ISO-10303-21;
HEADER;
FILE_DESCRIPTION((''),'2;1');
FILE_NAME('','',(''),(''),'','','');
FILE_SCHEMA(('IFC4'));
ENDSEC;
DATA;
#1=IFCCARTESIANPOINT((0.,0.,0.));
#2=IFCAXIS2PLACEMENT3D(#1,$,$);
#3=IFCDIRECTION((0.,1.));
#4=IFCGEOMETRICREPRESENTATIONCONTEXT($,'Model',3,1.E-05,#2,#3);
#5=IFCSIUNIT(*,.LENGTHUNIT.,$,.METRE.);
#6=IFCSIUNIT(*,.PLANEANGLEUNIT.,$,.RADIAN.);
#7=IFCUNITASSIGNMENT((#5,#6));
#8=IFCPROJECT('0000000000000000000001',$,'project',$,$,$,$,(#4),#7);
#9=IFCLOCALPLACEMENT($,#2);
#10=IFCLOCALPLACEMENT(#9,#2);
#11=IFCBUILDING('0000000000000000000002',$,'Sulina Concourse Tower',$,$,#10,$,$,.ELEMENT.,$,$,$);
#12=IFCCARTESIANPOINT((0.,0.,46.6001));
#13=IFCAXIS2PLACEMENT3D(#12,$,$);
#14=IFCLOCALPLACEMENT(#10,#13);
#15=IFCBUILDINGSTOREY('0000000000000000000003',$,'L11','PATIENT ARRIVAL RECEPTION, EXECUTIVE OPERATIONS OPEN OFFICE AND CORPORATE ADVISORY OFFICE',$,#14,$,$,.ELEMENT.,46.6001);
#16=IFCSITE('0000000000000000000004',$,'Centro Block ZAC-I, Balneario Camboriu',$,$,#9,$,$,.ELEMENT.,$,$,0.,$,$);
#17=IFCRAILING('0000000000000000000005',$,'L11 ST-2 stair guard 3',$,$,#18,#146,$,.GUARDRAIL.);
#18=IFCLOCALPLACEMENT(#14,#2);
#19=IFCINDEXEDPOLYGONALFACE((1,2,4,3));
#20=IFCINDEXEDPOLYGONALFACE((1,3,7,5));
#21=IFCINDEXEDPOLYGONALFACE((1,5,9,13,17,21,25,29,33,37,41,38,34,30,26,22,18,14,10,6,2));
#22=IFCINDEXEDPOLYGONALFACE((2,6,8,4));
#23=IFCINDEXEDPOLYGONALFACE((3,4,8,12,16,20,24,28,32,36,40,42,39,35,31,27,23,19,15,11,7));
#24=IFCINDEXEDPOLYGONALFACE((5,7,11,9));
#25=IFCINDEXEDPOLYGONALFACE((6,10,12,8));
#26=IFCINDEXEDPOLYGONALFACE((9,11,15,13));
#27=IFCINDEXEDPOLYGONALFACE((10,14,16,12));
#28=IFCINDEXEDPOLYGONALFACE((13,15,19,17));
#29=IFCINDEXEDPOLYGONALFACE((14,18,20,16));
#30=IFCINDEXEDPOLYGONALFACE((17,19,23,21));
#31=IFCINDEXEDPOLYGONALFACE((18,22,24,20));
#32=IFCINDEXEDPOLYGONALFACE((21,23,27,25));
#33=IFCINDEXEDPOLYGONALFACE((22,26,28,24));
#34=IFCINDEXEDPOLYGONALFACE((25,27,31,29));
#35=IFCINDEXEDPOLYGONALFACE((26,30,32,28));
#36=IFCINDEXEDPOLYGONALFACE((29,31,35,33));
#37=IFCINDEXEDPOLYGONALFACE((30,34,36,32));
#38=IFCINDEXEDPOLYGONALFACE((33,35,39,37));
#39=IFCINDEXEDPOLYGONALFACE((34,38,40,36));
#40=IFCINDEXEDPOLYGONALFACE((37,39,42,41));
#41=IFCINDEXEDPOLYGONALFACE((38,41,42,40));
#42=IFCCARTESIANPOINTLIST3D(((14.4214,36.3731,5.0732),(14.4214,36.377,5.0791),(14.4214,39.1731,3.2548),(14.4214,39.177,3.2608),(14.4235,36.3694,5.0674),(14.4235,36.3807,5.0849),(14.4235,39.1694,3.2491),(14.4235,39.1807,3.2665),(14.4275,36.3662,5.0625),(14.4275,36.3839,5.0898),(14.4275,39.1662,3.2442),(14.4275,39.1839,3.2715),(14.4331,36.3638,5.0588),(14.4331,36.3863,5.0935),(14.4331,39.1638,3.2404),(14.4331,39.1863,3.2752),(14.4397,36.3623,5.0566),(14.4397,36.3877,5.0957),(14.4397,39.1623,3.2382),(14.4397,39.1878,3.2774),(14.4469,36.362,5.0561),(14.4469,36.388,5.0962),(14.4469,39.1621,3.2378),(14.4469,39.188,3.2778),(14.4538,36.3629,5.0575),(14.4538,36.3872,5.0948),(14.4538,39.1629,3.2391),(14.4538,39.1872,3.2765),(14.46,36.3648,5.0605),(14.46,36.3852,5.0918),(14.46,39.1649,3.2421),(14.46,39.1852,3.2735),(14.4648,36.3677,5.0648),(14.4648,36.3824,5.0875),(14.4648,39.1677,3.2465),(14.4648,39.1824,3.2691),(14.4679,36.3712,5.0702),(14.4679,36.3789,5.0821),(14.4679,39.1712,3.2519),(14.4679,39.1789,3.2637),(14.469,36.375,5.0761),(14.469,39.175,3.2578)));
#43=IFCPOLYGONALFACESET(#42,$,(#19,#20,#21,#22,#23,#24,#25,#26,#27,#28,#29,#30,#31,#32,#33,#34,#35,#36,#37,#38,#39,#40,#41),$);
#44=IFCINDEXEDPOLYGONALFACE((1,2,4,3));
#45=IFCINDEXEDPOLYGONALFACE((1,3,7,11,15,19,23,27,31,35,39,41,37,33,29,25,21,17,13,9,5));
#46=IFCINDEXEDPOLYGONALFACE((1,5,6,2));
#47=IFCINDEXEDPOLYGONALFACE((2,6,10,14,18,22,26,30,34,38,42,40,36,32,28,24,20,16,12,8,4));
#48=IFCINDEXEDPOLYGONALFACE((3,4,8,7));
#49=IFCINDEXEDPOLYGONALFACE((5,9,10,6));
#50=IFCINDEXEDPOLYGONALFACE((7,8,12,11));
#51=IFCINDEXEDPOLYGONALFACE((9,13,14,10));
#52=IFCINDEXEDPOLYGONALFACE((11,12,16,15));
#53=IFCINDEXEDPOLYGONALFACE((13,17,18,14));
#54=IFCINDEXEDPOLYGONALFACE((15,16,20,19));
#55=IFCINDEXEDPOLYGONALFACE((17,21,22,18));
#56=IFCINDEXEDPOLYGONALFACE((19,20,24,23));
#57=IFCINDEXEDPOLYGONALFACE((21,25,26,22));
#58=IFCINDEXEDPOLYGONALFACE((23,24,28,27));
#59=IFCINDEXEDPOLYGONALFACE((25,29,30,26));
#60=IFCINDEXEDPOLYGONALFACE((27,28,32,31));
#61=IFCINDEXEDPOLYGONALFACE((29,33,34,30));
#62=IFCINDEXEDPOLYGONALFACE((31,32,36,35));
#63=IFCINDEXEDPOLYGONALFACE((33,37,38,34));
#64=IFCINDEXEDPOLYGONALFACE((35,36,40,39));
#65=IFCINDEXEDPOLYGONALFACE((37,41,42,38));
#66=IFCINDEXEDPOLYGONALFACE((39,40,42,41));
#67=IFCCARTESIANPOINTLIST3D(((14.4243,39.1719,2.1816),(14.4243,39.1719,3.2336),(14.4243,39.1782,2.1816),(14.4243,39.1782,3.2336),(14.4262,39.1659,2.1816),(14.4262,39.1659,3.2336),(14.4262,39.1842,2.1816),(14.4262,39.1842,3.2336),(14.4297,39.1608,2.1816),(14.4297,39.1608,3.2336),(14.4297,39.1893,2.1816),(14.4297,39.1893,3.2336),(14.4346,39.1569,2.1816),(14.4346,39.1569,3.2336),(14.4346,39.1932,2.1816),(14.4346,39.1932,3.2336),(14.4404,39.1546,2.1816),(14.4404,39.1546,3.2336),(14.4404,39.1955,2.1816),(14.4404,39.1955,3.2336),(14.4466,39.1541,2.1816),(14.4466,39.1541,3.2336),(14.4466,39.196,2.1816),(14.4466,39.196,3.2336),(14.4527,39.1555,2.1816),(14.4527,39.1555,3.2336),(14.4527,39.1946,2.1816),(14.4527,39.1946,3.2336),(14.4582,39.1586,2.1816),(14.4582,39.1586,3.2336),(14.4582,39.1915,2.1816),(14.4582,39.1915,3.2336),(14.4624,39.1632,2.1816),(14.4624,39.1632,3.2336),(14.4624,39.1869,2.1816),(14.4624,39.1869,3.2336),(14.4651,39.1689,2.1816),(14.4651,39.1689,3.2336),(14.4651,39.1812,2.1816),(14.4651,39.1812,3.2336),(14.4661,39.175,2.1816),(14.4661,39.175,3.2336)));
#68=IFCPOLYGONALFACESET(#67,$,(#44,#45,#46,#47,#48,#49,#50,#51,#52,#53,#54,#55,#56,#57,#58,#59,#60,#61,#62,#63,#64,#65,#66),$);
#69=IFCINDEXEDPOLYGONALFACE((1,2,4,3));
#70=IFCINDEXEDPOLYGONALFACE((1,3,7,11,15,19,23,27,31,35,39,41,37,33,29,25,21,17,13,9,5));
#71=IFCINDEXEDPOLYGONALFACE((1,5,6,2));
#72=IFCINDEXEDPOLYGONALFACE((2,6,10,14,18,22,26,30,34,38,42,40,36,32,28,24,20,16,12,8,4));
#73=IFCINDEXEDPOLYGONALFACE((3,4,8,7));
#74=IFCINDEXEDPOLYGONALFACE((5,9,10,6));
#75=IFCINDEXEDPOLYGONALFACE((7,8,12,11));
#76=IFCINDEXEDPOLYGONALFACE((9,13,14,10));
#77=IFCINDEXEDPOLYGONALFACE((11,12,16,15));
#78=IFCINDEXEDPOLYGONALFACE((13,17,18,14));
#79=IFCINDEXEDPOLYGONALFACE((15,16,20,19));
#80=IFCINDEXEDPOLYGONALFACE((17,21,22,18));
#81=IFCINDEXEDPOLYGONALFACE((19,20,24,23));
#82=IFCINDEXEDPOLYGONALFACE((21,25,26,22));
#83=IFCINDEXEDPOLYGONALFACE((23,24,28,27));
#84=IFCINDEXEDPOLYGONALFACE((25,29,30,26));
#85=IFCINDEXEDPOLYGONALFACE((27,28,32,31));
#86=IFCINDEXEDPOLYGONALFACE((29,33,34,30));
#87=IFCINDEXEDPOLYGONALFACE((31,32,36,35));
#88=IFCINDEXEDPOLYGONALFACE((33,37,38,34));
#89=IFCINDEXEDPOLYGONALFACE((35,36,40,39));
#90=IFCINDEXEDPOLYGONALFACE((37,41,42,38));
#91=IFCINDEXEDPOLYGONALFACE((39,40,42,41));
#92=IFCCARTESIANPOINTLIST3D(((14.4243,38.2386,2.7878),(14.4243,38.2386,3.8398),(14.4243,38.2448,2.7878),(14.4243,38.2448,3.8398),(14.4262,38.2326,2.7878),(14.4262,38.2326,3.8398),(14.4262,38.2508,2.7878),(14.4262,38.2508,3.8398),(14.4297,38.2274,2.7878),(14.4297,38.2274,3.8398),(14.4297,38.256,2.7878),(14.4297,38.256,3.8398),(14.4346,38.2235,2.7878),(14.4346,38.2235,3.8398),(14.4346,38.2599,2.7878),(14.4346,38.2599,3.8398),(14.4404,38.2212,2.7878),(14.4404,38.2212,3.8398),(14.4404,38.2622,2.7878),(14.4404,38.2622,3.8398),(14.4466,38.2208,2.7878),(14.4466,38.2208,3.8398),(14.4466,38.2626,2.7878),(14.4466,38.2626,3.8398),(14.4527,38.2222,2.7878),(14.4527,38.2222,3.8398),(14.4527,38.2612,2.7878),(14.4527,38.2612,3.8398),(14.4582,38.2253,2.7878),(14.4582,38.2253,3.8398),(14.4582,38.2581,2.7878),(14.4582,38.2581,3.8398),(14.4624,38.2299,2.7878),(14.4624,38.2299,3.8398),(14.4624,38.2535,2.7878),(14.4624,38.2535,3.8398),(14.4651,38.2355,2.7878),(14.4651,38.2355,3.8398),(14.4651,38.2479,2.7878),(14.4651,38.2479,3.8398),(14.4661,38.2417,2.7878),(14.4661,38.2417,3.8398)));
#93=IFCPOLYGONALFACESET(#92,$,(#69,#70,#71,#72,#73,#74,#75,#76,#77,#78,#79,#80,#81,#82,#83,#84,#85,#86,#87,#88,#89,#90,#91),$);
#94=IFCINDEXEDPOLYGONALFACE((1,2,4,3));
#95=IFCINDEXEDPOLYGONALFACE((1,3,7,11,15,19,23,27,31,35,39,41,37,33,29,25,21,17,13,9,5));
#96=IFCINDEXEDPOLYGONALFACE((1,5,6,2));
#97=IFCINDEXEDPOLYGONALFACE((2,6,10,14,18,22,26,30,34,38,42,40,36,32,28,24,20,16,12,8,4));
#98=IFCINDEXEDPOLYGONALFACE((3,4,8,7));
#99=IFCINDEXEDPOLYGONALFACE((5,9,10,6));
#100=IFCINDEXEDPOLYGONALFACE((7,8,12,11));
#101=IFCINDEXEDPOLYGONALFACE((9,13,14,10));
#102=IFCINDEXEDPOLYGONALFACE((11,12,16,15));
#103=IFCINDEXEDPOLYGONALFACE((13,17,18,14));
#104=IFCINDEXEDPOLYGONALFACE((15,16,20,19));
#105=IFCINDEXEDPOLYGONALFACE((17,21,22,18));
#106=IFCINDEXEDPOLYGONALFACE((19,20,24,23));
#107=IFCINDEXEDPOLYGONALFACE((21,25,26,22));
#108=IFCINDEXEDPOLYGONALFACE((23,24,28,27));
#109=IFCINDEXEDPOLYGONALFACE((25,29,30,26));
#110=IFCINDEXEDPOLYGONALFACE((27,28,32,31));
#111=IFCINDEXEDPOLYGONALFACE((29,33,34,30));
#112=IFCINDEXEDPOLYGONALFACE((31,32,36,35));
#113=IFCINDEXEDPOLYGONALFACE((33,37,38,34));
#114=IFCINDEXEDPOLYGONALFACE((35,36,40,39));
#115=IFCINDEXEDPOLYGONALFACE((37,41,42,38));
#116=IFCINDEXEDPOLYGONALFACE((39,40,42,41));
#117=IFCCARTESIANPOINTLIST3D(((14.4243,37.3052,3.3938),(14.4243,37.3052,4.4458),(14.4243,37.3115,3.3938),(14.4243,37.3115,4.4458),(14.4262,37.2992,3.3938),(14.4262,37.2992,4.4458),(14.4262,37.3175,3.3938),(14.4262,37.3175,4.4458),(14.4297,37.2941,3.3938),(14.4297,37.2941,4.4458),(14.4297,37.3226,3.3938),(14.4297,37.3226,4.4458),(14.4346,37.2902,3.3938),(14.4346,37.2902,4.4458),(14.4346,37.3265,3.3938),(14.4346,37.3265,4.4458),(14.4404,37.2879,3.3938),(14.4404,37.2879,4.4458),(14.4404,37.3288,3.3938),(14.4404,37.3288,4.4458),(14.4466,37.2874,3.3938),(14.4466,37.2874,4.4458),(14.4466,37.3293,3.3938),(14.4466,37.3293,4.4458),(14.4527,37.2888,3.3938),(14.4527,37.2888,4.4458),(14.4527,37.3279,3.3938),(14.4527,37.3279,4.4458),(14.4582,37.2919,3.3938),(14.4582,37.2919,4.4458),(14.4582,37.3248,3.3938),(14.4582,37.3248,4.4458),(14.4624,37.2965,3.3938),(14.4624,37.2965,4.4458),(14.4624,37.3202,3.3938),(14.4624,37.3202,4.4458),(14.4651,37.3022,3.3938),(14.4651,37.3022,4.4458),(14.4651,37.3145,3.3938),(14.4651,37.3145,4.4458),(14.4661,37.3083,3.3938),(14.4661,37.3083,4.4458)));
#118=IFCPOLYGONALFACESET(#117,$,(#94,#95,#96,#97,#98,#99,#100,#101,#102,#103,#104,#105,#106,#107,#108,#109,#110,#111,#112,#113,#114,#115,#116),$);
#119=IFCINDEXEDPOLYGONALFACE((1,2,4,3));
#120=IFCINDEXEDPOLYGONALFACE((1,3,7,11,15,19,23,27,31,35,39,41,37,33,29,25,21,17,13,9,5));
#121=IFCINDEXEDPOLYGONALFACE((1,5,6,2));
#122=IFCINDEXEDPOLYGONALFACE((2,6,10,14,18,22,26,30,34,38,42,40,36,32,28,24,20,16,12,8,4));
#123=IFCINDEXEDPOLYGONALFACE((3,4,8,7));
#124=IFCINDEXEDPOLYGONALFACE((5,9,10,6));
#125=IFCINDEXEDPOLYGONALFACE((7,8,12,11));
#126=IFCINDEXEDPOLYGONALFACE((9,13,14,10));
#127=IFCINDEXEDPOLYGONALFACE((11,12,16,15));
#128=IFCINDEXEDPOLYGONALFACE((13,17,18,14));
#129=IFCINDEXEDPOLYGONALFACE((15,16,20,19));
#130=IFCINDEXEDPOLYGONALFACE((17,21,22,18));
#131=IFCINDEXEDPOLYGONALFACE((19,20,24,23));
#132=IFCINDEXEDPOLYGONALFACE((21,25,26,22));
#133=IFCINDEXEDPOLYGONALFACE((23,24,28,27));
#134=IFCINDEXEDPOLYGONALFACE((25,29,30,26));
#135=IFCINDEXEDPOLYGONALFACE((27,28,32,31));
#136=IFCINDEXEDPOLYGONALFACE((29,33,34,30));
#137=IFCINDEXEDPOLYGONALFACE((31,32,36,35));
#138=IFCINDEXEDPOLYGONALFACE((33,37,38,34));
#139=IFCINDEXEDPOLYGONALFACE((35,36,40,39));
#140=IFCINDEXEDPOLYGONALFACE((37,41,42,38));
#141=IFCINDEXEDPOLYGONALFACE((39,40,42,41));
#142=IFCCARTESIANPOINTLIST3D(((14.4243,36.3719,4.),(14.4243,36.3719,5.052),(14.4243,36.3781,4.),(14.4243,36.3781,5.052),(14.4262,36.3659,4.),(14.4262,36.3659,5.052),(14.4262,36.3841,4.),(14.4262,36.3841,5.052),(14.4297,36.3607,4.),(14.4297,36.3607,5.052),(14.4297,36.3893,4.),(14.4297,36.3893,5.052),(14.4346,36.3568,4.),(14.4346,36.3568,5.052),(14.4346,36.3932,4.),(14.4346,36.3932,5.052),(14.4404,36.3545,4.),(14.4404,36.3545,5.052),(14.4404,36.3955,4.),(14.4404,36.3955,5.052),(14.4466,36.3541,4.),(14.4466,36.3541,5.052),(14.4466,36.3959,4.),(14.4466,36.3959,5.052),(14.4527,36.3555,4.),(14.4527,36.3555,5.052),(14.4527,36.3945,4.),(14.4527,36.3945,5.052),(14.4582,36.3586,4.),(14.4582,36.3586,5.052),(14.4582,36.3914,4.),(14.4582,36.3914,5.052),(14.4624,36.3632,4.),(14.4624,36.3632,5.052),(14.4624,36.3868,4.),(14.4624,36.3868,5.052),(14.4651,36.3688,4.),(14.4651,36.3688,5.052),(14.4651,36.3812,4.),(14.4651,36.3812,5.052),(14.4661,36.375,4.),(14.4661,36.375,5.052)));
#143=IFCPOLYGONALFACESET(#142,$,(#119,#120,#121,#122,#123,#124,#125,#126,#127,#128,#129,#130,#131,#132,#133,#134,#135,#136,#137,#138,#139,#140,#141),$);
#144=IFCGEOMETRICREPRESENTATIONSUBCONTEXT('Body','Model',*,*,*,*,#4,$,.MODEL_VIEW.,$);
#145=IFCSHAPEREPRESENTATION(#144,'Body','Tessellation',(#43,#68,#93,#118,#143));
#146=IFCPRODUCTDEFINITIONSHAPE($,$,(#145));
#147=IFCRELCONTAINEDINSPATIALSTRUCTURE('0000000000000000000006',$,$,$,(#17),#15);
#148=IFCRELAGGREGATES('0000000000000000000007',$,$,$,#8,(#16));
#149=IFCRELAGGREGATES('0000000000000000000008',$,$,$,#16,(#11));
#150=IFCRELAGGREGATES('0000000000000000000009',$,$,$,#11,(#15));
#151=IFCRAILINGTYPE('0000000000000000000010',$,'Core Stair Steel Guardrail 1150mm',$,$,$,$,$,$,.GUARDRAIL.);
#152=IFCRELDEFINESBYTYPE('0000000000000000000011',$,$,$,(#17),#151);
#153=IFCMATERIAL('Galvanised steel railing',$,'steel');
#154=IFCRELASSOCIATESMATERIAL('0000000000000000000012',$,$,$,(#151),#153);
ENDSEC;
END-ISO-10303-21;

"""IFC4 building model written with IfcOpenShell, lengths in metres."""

from ifc_helpers import new_model, si_unit, direction, frame, origin, origin_2d, place, context, subcontext, project, spatial, circle, extrude, material, type_object, element, save


model = new_model("IFC4")

# Units and contexts
model_context = context("Model", 3, precision=1e-05, world=origin(), true_north=direction((0.0, 1.0)))
body_context = subcontext(model_context, "Body", "Model", "MODEL_VIEW")
ifc_project = project(units=[si_unit("LENGTHUNIT", "METRE"), si_unit("PLANEANGLEUNIT", "RADIAN")], contexts=[model_context])

# Site, building, storey
site_placement = place(None, origin())
site = spatial("IfcSite", under=ifc_project, at=site_placement, Name="Centro Block ZAC-I, Balneario Camboriu", CompositionType="ELEMENT", RefElevation=0.0)
building_placement = place(site_placement, origin())
building = spatial("IfcBuilding", under=site, at=building_placement, Name="Sulina Concourse Tower", CompositionType="ELEMENT")
storey_placement = place(building_placement, frame((0.0, 0.0, 46.6001)))
storey = spatial("IfcBuildingStorey", under=building, at=storey_placement, Name="L11", Description="PATIENT ARRIVAL RECEPTION, EXECUTIVE OPERATIONS OPEN OFFICE AND CORPORATE ADVISORY OFFICE", CompositionType="ELEMENT", Elevation=46.6001)

# Railing
ifc_material_1 = material(Name="Galvanised steel railing", Category="steel")
railing_type_1 = type_object("IfcRailingType", Name="Core Stair Steel Guardrail 1150mm", PredefinedType="GUARDRAIL", material=ifc_material_1)
railing_1_placement = place(storey_placement, frame((14.4451, 39.175, 2.1816)))
element("IfcRailing", 1, at=railing_1_placement, inside=storey, type_object=railing_type_1, Name="L11 ST-2 stair guard 3", PredefinedType="GUARDRAIL", context=body_context, shape_type="SweptSolid", body=[
    extrude(circle(Radius=0.0239, at=origin_2d()), frame((0.0, 0.0, 1.0762), z_axis=(0.0, -0.838672, 0.544636), x_axis=(1.0, 0.0, 0.0)), (0.0, 0.0, 1.0), 3.3386),
    extrude(circle(Radius=0.021, at=origin_2d()), origin(), (0.0, 0.0, 1.0), 1.052),
    extrude(circle(Radius=0.021, at=origin_2d()), frame((0.0, -0.9333, 0.6062)), (0.0, 0.0, 1.0), 1.052),
    extrude(circle(Radius=0.021, at=origin_2d()), frame((0.0, -1.8667, 1.2122)), (0.0, 0.0, 1.0), 1.052),
    extrude(circle(Radius=0.021, at=origin_2d()), frame((0.0, -2.8, 1.8184)), (0.0, 0.0, 1.0), 1.052),
])

save(model, "model.ifc")
